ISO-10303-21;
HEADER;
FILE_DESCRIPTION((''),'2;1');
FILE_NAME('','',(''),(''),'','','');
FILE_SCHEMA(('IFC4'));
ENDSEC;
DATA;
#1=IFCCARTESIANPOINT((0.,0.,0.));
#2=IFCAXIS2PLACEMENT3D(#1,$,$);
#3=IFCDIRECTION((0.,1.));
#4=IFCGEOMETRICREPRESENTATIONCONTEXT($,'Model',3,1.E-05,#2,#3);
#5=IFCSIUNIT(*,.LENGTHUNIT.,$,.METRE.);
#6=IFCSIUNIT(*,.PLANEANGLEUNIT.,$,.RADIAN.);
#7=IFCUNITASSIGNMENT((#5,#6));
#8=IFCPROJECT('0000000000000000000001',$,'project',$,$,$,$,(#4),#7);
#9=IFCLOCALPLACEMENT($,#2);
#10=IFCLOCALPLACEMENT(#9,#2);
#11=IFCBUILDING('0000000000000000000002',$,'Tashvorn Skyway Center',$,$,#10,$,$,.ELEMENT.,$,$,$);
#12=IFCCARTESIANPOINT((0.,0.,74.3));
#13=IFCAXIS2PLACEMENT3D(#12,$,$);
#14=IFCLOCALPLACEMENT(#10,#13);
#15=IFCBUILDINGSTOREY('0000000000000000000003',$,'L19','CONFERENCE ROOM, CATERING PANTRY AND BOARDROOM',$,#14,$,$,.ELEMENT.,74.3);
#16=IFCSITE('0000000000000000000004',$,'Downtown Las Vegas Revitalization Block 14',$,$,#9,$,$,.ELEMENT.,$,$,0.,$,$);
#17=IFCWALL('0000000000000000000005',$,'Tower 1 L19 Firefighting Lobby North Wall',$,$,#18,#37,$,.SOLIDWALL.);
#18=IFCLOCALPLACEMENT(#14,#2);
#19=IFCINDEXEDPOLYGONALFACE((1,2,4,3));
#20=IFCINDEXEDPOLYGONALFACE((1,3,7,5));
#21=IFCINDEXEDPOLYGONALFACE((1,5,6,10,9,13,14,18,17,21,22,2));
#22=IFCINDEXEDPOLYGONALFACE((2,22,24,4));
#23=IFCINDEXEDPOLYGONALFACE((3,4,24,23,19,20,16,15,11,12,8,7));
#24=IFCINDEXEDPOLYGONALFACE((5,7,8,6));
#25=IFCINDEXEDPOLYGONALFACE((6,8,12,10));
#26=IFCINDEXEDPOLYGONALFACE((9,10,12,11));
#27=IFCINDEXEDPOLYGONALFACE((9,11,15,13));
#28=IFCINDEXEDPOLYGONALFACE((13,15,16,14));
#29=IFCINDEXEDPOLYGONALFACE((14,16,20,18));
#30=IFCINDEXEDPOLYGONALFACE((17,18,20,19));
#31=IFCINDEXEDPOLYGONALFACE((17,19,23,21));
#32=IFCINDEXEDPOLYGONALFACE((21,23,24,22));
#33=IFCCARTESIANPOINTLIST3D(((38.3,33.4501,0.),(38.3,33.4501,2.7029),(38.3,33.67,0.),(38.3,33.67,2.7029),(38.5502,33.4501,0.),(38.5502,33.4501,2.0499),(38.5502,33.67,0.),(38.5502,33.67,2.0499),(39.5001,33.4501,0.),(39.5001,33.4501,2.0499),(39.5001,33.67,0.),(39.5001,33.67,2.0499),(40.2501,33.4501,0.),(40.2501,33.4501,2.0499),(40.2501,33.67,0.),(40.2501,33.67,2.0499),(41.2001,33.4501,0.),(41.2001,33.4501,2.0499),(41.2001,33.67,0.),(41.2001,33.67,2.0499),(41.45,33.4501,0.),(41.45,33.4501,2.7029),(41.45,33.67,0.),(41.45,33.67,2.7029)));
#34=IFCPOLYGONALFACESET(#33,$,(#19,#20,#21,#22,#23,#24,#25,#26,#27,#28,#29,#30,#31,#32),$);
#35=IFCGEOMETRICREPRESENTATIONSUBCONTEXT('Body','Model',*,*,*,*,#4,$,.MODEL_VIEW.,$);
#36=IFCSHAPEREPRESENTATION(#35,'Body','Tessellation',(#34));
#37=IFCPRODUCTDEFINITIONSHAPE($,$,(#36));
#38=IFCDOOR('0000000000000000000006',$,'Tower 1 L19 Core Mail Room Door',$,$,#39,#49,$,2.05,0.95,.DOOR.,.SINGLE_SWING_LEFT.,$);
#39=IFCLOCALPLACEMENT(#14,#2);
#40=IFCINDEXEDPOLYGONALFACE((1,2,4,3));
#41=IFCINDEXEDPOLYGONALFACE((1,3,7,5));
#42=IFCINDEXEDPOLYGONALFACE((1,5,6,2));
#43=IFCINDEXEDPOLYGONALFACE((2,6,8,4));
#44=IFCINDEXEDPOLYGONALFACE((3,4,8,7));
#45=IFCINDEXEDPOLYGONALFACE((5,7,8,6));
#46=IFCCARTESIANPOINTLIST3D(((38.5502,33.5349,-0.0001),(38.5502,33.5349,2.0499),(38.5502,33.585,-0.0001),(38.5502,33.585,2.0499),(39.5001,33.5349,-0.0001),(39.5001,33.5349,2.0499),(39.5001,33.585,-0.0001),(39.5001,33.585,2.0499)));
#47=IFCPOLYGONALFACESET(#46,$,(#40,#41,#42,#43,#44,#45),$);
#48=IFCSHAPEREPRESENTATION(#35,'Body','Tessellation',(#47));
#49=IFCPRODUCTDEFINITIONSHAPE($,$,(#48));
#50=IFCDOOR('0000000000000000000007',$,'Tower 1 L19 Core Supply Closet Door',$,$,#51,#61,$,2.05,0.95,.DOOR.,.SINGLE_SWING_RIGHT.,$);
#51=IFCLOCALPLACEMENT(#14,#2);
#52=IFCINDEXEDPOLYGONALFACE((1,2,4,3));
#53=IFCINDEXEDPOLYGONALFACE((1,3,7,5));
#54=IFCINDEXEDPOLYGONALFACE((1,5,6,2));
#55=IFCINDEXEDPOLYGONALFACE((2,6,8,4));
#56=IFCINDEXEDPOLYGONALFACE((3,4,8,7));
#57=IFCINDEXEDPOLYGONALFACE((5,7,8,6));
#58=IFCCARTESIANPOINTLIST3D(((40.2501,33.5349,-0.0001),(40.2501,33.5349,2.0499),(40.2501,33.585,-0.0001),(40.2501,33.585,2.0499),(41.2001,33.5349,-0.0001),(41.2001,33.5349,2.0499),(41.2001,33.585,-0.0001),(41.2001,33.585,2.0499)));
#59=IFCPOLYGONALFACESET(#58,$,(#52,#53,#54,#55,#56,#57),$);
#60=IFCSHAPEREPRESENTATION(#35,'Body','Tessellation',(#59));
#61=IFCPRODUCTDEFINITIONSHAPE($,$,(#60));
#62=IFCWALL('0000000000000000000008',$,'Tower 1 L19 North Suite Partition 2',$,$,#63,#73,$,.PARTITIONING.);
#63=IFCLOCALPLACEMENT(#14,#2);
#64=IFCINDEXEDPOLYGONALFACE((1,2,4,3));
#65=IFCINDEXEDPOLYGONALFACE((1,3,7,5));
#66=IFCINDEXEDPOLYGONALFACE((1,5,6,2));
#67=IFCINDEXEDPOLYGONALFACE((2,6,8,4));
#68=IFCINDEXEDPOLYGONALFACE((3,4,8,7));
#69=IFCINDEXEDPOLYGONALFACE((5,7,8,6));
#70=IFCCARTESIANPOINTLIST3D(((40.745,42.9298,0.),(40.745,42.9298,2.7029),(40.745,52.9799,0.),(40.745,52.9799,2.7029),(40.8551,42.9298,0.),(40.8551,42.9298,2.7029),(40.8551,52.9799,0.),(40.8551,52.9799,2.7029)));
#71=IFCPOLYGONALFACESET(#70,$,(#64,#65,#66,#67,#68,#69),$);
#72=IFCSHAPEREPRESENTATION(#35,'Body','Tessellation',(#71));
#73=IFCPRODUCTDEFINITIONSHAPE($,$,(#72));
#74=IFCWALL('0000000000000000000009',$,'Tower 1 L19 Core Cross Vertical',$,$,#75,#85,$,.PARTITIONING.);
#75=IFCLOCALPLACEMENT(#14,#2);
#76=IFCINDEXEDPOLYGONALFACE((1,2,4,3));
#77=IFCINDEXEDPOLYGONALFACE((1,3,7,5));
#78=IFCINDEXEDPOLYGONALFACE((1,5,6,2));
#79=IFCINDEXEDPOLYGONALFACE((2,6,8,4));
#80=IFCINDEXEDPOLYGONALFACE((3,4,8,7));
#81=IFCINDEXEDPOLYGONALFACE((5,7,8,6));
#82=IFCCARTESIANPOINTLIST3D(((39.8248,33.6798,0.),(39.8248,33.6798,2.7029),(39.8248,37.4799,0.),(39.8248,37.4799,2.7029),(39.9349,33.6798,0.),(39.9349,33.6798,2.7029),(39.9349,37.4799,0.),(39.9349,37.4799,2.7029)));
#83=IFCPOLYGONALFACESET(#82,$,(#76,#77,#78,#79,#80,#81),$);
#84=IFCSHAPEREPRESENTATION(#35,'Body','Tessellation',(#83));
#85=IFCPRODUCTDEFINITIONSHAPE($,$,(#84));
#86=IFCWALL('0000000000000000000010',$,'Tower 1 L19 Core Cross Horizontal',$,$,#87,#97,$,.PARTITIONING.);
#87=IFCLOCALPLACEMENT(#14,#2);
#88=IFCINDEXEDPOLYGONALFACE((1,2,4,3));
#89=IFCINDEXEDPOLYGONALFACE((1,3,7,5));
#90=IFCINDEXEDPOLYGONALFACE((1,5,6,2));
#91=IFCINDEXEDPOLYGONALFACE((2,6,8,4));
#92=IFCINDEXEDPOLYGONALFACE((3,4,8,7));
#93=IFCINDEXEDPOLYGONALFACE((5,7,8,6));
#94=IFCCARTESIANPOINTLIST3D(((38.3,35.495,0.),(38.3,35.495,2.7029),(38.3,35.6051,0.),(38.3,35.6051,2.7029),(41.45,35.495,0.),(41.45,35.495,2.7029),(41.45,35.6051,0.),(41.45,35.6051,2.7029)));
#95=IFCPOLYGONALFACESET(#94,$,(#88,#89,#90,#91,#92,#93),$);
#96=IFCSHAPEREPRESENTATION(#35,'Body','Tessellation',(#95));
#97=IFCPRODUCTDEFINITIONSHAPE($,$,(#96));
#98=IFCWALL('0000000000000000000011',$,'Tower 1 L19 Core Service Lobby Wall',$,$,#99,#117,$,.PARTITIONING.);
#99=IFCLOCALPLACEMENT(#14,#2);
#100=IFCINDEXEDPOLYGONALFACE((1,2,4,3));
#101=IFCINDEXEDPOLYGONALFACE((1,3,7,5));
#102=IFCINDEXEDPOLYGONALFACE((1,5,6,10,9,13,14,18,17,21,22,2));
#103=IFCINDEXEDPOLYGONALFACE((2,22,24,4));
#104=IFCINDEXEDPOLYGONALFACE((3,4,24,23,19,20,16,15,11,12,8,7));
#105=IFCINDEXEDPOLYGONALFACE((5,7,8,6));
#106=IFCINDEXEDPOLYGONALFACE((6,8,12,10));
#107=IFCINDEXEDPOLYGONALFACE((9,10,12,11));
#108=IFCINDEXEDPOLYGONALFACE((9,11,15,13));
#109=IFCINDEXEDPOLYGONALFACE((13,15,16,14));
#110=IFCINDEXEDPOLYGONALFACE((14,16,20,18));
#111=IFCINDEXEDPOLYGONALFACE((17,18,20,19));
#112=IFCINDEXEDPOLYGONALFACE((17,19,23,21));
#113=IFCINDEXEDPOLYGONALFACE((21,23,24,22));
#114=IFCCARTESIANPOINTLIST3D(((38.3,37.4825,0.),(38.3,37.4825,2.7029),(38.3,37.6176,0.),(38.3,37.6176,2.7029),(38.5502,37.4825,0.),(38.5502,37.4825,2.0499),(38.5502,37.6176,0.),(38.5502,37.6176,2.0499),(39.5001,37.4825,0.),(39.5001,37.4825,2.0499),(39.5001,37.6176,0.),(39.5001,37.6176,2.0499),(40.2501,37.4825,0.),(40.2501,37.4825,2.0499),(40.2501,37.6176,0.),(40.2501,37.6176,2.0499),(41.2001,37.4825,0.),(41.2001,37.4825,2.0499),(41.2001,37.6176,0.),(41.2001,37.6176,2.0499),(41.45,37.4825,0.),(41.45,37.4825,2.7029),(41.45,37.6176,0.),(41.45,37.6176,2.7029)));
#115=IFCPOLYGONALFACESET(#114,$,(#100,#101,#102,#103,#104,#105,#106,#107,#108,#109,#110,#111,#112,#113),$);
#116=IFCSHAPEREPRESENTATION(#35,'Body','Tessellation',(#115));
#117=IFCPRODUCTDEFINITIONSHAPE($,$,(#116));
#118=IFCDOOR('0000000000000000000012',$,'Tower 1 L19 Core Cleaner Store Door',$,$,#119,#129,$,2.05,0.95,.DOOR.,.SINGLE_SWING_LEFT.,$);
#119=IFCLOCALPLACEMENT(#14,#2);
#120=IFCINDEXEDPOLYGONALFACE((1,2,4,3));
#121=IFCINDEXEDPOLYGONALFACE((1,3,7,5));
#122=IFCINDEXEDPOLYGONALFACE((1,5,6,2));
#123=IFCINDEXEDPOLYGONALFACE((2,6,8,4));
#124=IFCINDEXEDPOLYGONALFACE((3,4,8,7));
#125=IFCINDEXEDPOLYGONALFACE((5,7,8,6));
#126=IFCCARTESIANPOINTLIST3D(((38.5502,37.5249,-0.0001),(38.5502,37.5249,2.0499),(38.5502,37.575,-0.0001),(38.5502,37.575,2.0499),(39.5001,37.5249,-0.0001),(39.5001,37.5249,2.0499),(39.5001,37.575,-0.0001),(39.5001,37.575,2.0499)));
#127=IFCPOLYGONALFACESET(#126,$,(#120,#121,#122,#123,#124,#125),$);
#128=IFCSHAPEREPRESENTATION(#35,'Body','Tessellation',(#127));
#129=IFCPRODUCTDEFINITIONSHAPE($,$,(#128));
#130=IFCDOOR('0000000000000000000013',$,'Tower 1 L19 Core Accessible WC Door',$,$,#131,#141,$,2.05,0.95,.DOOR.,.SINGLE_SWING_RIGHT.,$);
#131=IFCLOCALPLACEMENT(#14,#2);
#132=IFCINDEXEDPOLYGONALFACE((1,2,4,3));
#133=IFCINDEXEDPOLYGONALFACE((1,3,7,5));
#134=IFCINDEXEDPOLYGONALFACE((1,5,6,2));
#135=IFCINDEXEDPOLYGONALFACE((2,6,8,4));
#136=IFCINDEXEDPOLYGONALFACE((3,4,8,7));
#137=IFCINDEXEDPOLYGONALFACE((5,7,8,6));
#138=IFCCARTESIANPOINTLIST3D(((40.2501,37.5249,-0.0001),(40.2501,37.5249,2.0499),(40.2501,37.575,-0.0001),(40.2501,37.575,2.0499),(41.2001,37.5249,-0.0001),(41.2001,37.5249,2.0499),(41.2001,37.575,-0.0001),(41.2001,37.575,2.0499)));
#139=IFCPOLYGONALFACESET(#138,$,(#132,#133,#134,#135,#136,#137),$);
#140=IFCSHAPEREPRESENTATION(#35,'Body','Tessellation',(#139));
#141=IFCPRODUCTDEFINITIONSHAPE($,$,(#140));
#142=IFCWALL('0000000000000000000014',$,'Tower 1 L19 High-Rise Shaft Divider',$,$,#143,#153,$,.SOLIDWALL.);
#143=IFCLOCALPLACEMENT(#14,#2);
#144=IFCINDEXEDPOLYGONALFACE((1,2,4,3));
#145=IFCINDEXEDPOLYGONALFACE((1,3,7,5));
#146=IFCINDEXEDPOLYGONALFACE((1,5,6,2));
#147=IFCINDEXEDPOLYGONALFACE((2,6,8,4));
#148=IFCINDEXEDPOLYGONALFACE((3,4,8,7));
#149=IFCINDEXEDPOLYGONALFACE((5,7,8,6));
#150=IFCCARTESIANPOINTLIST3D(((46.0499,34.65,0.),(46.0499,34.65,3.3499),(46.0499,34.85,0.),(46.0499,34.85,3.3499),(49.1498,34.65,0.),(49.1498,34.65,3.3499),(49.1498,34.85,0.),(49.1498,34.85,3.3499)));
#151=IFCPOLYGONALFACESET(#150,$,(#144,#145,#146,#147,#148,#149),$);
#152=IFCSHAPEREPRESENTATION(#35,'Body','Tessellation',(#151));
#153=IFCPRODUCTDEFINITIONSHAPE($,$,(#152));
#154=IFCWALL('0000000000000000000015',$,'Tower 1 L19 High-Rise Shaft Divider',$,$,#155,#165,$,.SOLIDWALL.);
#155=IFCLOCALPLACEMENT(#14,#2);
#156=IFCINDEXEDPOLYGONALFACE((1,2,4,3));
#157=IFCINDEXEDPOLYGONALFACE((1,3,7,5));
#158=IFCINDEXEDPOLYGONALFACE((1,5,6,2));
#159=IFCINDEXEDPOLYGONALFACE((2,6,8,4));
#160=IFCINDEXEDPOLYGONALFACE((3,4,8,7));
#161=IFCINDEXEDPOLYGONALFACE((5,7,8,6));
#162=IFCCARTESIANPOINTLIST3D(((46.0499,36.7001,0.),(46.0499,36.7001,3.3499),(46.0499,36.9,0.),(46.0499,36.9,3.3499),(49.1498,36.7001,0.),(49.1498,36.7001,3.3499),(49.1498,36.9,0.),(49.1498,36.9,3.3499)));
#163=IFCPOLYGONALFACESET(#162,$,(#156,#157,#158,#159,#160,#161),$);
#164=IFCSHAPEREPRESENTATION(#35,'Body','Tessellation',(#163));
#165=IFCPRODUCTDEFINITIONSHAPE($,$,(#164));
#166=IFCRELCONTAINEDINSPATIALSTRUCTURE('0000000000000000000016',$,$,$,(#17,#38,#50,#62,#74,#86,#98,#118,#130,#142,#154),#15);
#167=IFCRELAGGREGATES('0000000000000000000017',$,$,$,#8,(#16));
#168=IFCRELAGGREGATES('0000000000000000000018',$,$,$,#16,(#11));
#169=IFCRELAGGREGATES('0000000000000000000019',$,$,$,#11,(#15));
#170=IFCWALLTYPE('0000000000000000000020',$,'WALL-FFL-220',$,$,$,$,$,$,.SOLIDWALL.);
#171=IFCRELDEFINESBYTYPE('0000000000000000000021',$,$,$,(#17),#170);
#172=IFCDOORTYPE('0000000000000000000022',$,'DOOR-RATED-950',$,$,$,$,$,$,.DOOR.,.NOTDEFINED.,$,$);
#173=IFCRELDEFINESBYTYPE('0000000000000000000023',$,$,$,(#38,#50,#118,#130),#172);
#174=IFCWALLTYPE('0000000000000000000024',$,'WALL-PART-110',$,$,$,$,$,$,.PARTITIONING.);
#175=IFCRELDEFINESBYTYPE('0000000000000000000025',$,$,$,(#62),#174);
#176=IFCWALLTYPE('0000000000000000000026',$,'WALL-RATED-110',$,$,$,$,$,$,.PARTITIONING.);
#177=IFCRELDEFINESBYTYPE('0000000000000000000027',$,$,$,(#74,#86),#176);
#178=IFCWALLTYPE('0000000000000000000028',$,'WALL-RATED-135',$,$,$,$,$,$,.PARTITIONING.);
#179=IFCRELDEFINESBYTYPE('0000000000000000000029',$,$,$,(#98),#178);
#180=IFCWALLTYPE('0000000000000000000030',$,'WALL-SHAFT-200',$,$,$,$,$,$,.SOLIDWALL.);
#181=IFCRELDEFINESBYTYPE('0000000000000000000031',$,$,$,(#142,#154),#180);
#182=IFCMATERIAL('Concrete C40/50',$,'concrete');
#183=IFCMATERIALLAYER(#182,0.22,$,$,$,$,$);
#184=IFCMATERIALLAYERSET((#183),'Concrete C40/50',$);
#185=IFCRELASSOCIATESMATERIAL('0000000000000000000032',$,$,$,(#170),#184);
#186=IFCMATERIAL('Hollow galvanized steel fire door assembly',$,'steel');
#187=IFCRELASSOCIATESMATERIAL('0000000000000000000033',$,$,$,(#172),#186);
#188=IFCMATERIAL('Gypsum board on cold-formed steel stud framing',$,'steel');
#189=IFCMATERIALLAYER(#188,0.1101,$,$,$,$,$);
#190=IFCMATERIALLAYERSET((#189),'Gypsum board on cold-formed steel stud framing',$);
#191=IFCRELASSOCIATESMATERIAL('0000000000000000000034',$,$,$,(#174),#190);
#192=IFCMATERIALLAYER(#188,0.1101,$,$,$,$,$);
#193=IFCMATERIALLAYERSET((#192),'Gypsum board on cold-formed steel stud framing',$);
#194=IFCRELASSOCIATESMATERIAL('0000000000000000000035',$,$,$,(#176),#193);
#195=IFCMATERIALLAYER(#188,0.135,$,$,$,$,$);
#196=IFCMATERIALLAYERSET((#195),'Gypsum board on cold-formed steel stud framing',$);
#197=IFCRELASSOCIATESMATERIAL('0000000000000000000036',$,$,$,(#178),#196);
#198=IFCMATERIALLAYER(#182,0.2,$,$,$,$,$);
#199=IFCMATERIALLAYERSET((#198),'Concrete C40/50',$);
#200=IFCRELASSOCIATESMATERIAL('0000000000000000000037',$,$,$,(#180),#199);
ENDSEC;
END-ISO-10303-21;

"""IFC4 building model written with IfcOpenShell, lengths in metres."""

from ifc_helpers import new_model, si_unit, direction, frame, frame_2d, origin, place, context, subcontext, project, spatial, rectangle, extrude, material, layer, layer_set, type_object, element, fill, save


model = new_model("IFC4")

# Units and contexts
model_context = context("Model", 3, precision=1e-05, world=origin(), true_north=direction((0.0, 1.0)))
body_context = subcontext(model_context, "Body", "Model", "MODEL_VIEW")
ifc_project = project(units=[si_unit("LENGTHUNIT", "METRE"), si_unit("PLANEANGLEUNIT", "RADIAN")], contexts=[model_context])

# Site, building, storey
site_placement = place(None, origin())
site = spatial("IfcSite", under=ifc_project, at=site_placement, Name="Downtown Las Vegas Revitalization Block 14", CompositionType="ELEMENT", RefElevation=0.0)
building_placement = place(site_placement, origin())
building = spatial("IfcBuilding", under=site, at=building_placement, Name="Tashvorn Skyway Center", CompositionType="ELEMENT")
storey_placement = place(building_placement, frame((0.0, 0.0, 74.3)))
storey = spatial("IfcBuildingStorey", under=building, at=storey_placement, Name="L19", Description="CONFERENCE ROOM, CATERING PANTRY AND BOARDROOM", CompositionType="ELEMENT", Elevation=74.3)

# Wall, openings, doors
ifc_material_1 = material(Name="Concrete C40/50", Category="concrete")
ifc_layer_1 = layer(ifc_material_1, 0.22)
ifc_layer_set_1 = layer_set([ifc_layer_1], Name="Concrete C40/50")
wall_type_1 = type_object("IfcWallType", Name="WALL-FFL-220", PredefinedType="SOLIDWALL", material=ifc_layer_set_1)
wall_1_placement = place(storey_placement, frame((38.3, 33.5601, 0.0), z_axis=(0.0, 0.0, 1.0), x_axis=(1.0, 0.0, 0.0)))
wall_1 = element("IfcWall", 1, at=wall_1_placement, inside=storey, type_object=wall_type_1, Name="Tower 1 L19 Firefighting Lobby North Wall", PredefinedType="SOLIDWALL", context=body_context, shape_type="SweptSolid", body=[
    extrude(rectangle(XDim=3.1499, YDim=0.22, at=frame_2d((1.575, 0.0))), origin(), (0.0, 0.0, 1.0), 2.7029),
])
opening_1_placement = place(wall_1_placement, frame((0.25, 0.0, 0.0)))
opening_1 = element("IfcOpeningElement", 2, at=opening_1_placement, cuts=wall_1, PredefinedType="OPENING", context=body_context, shape_type="SweptSolid", body=[
    extrude(rectangle(XDim=0.95, YDim=2.05, at=frame_2d((0.4751, 1.0249))), frame((0.0, 0.1199, 0.0), z_axis=(0.0, -1.0, 0.0), x_axis=(1.0, 0.0, 0.0)), (0.0, 0.0, 1.0), 0.24),
])
opening_2_placement = place(wall_1_placement, frame((1.95, 0.0, 0.0)))
opening_2 = element("IfcOpeningElement", 3, at=opening_2_placement, cuts=wall_1, PredefinedType="OPENING", context=body_context, shape_type="SweptSolid", body=[
    extrude(rectangle(XDim=0.95, YDim=2.05, at=frame_2d((0.4751, 1.0249))), frame((0.0, 0.1199, 0.0), z_axis=(0.0, -1.0, 0.0), x_axis=(1.0, 0.0, 0.0)), (0.0, 0.0, 1.0), 0.24),
])
ifc_material_2 = material(Name="Hollow galvanized steel fire door assembly", Category="steel")
door_type_1 = type_object("IfcDoorType", Name="DOOR-RATED-950", OperationType="NOTDEFINED", PredefinedType="DOOR", material=ifc_material_2)
door_1_placement = place(opening_1_placement, origin())
door_1 = element("IfcDoor", 4, at=door_1_placement, inside=storey, type_object=door_type_1, Name="Tower 1 L19 Core Mail Room Door", OperationType="SINGLE_SWING_LEFT", OverallHeight=2.05, OverallWidth=0.95, PredefinedType="DOOR", context=body_context, shape_type="SweptSolid", body=[
    extrude(rectangle(XDim=0.95, YDim=2.05, at=frame_2d((0.4751, 1.0249))), frame((0.0, 0.0249, 0.0), z_axis=(0.0, -1.0, 0.0), x_axis=(1.0, 0.0, 0.0)), (0.0, 0.0, 1.0), 0.05),
])
fill(opening_1, door_1)
door_2_placement = place(opening_2_placement, origin())
door_2 = element("IfcDoor", 5, at=door_2_placement, inside=storey, type_object=door_type_1, Name="Tower 1 L19 Core Supply Closet Door", OperationType="SINGLE_SWING_RIGHT", OverallHeight=2.05, OverallWidth=0.95, PredefinedType="DOOR", context=body_context, shape_type="SweptSolid", body=[
    extrude(rectangle(XDim=0.95, YDim=2.05, at=frame_2d((0.4751, 1.0249))), frame((0.0, 0.0249, 0.0), z_axis=(0.0, -1.0, 0.0), x_axis=(1.0, 0.0, 0.0)), (0.0, 0.0, 1.0), 0.05),
])
fill(opening_2, door_2)

# Walls
ifc_material_3 = material(Name="Gypsum board on cold-formed steel stud framing", Category="steel")
ifc_layer_2 = layer(ifc_material_3, 0.1101)
ifc_layer_set_2 = layer_set([ifc_layer_2], Name="Gypsum board on cold-formed steel stud framing")
wall_type_2 = type_object("IfcWallType", Name="WALL-PART-110", PredefinedType="PARTITIONING", material=ifc_layer_set_2)
wall_2_placement = place(storey_placement, frame((40.8, 42.9299, 0.0), z_axis=(0.0, 0.0, 1.0), x_axis=(0.0, 1.0, 0.0)))
element("IfcWall", 6, at=wall_2_placement, inside=storey, type_object=wall_type_2, Name="Tower 1 L19 North Suite Partition 2", PredefinedType="PARTITIONING", context=body_context, shape_type="SweptSolid", body=[
    extrude(rectangle(XDim=10.05, YDim=0.1101, at=frame_2d((5.0249, 0.0))), origin(), (0.0, 0.0, 1.0), 2.7029),
])
ifc_layer_3 = layer(ifc_material_3, 0.1101)
ifc_layer_set_3 = layer_set([ifc_layer_3], Name="Gypsum board on cold-formed steel stud framing")
wall_type_3 = type_object("IfcWallType", Name="WALL-RATED-110", PredefinedType="PARTITIONING", material=ifc_layer_set_3)
wall_3_placement = place(storey_placement, frame((39.8799, 33.6799, 0.0), z_axis=(0.0, 0.0, 1.0), x_axis=(0.0, 1.0, 0.0)))
element("IfcWall", 7, at=wall_3_placement, inside=storey, type_object=wall_type_3, Name="Tower 1 L19 Core Cross Vertical", PredefinedType="PARTITIONING", context=body_context, shape_type="SweptSolid", body=[
    extrude(rectangle(XDim=3.8, YDim=0.1101, at=frame_2d((1.8999, 0.0))), origin(), (0.0, 0.0, 1.0), 2.7029),
])
wall_4_placement = place(storey_placement, frame((38.3, 35.55, 0.0), z_axis=(0.0, 0.0, 1.0), x_axis=(1.0, 0.0, 0.0)))
element("IfcWall", 8, at=wall_4_placement, inside=storey, type_object=wall_type_3, Name="Tower 1 L19 Core Cross Horizontal", PredefinedType="PARTITIONING", context=body_context, shape_type="SweptSolid", body=[
    extrude(rectangle(XDim=3.1499, YDim=0.1101, at=frame_2d((1.575, 0.0))), origin(), (0.0, 0.0, 1.0), 2.7029),
])

# Wall, openings, doors
ifc_layer_4 = layer(ifc_material_3, 0.135)
ifc_layer_set_4 = layer_set([ifc_layer_4], Name="Gypsum board on cold-formed steel stud framing")
wall_type_4 = type_object("IfcWallType", Name="WALL-RATED-135", PredefinedType="PARTITIONING", material=ifc_layer_set_4)
wall_5_placement = place(storey_placement, frame((38.3, 37.55, 0.0), z_axis=(0.0, 0.0, 1.0), x_axis=(1.0, 0.0, 0.0)))
wall_5 = element("IfcWall", 9, at=wall_5_placement, inside=storey, type_object=wall_type_4, Name="Tower 1 L19 Core Service Lobby Wall", PredefinedType="PARTITIONING", context=body_context, shape_type="SweptSolid", body=[
    extrude(rectangle(XDim=3.1499, YDim=0.135, at=frame_2d((1.575, 0.0))), origin(), (0.0, 0.0, 1.0), 2.7029),
])
opening_3_placement = place(wall_5_placement, frame((0.25, 0.0, 0.0)))
opening_3 = element("IfcOpeningElement", 10, at=opening_3_placement, cuts=wall_5, PredefinedType="OPENING", context=body_context, shape_type="SweptSolid", body=[
    extrude(rectangle(XDim=0.95, YDim=2.05, at=frame_2d((0.4751, 1.0249))), frame((0.0, 0.0774, 0.0), z_axis=(0.0, -1.0, 0.0), x_axis=(1.0, 0.0, 0.0)), (0.0, 0.0, 1.0), 0.155),
])
opening_4_placement = place(wall_5_placement, frame((1.95, 0.0, 0.0)))
opening_4 = element("IfcOpeningElement", 11, at=opening_4_placement, cuts=wall_5, PredefinedType="OPENING", context=body_context, shape_type="SweptSolid", body=[
    extrude(rectangle(XDim=0.95, YDim=2.05, at=frame_2d((0.4751, 1.0249))), frame((0.0, 0.0774, 0.0), z_axis=(0.0, -1.0, 0.0), x_axis=(1.0, 0.0, 0.0)), (0.0, 0.0, 1.0), 0.155),
])
door_3_placement = place(opening_3_placement, origin())
door_3 = element("IfcDoor", 12, at=door_3_placement, inside=storey, type_object=door_type_1, Name="Tower 1 L19 Core Cleaner Store Door", OperationType="SINGLE_SWING_LEFT", OverallHeight=2.05, OverallWidth=0.95, PredefinedType="DOOR", context=body_context, shape_type="SweptSolid", body=[
    extrude(rectangle(XDim=0.95, YDim=2.05, at=frame_2d((0.4751, 1.0249))), frame((0.0, 0.0249, 0.0), z_axis=(0.0, -1.0, 0.0), x_axis=(1.0, 0.0, 0.0)), (0.0, 0.0, 1.0), 0.05),
])
fill(opening_3, door_3)
door_4_placement = place(opening_4_placement, origin())
door_4 = element("IfcDoor", 13, at=door_4_placement, inside=storey, type_object=door_type_1, Name="Tower 1 L19 Core Accessible WC Door", OperationType="SINGLE_SWING_RIGHT", OverallHeight=2.05, OverallWidth=0.95, PredefinedType="DOOR", context=body_context, shape_type="SweptSolid", body=[
    extrude(rectangle(XDim=0.95, YDim=2.05, at=frame_2d((0.4751, 1.0249))), frame((0.0, 0.0249, 0.0), z_axis=(0.0, -1.0, 0.0), x_axis=(1.0, 0.0, 0.0)), (0.0, 0.0, 1.0), 0.05),
])
fill(opening_4, door_4)

# Walls
ifc_layer_5 = layer(ifc_material_1, 0.2)
ifc_layer_set_5 = layer_set([ifc_layer_5], Name="Concrete C40/50")
wall_type_5 = type_object("IfcWallType", Name="WALL-SHAFT-200", PredefinedType="SOLIDWALL", material=ifc_layer_set_5)
for number, where, z_axis, x_axis, name in (
    (14, (46.05, 34.75, 0.0), (0.0, 0.0, 1.0), (1.0, 0.0, 0.0), "Tower 1 L19 High-Rise Shaft Divider"),
    (15, (46.05, 36.8, 0.0), (0.0, 0.0, 1.0), (1.0, 0.0, 0.0), "Tower 1 L19 High-Rise Shaft Divider"),
):
    element("IfcWall", number, at=place(storey_placement, frame(where, z_axis=z_axis, x_axis=x_axis)), inside=storey, type_object=wall_type_5, Name=name, PredefinedType="SOLIDWALL", context=body_context, shape_type="SweptSolid", body=[
        extrude(rectangle(XDim=3.0999, YDim=0.2, at=frame_2d((1.5498, 0.0))), origin(), (0.0, 0.0, 1.0), 3.3499),
    ])

save(model, "model.ifc")
